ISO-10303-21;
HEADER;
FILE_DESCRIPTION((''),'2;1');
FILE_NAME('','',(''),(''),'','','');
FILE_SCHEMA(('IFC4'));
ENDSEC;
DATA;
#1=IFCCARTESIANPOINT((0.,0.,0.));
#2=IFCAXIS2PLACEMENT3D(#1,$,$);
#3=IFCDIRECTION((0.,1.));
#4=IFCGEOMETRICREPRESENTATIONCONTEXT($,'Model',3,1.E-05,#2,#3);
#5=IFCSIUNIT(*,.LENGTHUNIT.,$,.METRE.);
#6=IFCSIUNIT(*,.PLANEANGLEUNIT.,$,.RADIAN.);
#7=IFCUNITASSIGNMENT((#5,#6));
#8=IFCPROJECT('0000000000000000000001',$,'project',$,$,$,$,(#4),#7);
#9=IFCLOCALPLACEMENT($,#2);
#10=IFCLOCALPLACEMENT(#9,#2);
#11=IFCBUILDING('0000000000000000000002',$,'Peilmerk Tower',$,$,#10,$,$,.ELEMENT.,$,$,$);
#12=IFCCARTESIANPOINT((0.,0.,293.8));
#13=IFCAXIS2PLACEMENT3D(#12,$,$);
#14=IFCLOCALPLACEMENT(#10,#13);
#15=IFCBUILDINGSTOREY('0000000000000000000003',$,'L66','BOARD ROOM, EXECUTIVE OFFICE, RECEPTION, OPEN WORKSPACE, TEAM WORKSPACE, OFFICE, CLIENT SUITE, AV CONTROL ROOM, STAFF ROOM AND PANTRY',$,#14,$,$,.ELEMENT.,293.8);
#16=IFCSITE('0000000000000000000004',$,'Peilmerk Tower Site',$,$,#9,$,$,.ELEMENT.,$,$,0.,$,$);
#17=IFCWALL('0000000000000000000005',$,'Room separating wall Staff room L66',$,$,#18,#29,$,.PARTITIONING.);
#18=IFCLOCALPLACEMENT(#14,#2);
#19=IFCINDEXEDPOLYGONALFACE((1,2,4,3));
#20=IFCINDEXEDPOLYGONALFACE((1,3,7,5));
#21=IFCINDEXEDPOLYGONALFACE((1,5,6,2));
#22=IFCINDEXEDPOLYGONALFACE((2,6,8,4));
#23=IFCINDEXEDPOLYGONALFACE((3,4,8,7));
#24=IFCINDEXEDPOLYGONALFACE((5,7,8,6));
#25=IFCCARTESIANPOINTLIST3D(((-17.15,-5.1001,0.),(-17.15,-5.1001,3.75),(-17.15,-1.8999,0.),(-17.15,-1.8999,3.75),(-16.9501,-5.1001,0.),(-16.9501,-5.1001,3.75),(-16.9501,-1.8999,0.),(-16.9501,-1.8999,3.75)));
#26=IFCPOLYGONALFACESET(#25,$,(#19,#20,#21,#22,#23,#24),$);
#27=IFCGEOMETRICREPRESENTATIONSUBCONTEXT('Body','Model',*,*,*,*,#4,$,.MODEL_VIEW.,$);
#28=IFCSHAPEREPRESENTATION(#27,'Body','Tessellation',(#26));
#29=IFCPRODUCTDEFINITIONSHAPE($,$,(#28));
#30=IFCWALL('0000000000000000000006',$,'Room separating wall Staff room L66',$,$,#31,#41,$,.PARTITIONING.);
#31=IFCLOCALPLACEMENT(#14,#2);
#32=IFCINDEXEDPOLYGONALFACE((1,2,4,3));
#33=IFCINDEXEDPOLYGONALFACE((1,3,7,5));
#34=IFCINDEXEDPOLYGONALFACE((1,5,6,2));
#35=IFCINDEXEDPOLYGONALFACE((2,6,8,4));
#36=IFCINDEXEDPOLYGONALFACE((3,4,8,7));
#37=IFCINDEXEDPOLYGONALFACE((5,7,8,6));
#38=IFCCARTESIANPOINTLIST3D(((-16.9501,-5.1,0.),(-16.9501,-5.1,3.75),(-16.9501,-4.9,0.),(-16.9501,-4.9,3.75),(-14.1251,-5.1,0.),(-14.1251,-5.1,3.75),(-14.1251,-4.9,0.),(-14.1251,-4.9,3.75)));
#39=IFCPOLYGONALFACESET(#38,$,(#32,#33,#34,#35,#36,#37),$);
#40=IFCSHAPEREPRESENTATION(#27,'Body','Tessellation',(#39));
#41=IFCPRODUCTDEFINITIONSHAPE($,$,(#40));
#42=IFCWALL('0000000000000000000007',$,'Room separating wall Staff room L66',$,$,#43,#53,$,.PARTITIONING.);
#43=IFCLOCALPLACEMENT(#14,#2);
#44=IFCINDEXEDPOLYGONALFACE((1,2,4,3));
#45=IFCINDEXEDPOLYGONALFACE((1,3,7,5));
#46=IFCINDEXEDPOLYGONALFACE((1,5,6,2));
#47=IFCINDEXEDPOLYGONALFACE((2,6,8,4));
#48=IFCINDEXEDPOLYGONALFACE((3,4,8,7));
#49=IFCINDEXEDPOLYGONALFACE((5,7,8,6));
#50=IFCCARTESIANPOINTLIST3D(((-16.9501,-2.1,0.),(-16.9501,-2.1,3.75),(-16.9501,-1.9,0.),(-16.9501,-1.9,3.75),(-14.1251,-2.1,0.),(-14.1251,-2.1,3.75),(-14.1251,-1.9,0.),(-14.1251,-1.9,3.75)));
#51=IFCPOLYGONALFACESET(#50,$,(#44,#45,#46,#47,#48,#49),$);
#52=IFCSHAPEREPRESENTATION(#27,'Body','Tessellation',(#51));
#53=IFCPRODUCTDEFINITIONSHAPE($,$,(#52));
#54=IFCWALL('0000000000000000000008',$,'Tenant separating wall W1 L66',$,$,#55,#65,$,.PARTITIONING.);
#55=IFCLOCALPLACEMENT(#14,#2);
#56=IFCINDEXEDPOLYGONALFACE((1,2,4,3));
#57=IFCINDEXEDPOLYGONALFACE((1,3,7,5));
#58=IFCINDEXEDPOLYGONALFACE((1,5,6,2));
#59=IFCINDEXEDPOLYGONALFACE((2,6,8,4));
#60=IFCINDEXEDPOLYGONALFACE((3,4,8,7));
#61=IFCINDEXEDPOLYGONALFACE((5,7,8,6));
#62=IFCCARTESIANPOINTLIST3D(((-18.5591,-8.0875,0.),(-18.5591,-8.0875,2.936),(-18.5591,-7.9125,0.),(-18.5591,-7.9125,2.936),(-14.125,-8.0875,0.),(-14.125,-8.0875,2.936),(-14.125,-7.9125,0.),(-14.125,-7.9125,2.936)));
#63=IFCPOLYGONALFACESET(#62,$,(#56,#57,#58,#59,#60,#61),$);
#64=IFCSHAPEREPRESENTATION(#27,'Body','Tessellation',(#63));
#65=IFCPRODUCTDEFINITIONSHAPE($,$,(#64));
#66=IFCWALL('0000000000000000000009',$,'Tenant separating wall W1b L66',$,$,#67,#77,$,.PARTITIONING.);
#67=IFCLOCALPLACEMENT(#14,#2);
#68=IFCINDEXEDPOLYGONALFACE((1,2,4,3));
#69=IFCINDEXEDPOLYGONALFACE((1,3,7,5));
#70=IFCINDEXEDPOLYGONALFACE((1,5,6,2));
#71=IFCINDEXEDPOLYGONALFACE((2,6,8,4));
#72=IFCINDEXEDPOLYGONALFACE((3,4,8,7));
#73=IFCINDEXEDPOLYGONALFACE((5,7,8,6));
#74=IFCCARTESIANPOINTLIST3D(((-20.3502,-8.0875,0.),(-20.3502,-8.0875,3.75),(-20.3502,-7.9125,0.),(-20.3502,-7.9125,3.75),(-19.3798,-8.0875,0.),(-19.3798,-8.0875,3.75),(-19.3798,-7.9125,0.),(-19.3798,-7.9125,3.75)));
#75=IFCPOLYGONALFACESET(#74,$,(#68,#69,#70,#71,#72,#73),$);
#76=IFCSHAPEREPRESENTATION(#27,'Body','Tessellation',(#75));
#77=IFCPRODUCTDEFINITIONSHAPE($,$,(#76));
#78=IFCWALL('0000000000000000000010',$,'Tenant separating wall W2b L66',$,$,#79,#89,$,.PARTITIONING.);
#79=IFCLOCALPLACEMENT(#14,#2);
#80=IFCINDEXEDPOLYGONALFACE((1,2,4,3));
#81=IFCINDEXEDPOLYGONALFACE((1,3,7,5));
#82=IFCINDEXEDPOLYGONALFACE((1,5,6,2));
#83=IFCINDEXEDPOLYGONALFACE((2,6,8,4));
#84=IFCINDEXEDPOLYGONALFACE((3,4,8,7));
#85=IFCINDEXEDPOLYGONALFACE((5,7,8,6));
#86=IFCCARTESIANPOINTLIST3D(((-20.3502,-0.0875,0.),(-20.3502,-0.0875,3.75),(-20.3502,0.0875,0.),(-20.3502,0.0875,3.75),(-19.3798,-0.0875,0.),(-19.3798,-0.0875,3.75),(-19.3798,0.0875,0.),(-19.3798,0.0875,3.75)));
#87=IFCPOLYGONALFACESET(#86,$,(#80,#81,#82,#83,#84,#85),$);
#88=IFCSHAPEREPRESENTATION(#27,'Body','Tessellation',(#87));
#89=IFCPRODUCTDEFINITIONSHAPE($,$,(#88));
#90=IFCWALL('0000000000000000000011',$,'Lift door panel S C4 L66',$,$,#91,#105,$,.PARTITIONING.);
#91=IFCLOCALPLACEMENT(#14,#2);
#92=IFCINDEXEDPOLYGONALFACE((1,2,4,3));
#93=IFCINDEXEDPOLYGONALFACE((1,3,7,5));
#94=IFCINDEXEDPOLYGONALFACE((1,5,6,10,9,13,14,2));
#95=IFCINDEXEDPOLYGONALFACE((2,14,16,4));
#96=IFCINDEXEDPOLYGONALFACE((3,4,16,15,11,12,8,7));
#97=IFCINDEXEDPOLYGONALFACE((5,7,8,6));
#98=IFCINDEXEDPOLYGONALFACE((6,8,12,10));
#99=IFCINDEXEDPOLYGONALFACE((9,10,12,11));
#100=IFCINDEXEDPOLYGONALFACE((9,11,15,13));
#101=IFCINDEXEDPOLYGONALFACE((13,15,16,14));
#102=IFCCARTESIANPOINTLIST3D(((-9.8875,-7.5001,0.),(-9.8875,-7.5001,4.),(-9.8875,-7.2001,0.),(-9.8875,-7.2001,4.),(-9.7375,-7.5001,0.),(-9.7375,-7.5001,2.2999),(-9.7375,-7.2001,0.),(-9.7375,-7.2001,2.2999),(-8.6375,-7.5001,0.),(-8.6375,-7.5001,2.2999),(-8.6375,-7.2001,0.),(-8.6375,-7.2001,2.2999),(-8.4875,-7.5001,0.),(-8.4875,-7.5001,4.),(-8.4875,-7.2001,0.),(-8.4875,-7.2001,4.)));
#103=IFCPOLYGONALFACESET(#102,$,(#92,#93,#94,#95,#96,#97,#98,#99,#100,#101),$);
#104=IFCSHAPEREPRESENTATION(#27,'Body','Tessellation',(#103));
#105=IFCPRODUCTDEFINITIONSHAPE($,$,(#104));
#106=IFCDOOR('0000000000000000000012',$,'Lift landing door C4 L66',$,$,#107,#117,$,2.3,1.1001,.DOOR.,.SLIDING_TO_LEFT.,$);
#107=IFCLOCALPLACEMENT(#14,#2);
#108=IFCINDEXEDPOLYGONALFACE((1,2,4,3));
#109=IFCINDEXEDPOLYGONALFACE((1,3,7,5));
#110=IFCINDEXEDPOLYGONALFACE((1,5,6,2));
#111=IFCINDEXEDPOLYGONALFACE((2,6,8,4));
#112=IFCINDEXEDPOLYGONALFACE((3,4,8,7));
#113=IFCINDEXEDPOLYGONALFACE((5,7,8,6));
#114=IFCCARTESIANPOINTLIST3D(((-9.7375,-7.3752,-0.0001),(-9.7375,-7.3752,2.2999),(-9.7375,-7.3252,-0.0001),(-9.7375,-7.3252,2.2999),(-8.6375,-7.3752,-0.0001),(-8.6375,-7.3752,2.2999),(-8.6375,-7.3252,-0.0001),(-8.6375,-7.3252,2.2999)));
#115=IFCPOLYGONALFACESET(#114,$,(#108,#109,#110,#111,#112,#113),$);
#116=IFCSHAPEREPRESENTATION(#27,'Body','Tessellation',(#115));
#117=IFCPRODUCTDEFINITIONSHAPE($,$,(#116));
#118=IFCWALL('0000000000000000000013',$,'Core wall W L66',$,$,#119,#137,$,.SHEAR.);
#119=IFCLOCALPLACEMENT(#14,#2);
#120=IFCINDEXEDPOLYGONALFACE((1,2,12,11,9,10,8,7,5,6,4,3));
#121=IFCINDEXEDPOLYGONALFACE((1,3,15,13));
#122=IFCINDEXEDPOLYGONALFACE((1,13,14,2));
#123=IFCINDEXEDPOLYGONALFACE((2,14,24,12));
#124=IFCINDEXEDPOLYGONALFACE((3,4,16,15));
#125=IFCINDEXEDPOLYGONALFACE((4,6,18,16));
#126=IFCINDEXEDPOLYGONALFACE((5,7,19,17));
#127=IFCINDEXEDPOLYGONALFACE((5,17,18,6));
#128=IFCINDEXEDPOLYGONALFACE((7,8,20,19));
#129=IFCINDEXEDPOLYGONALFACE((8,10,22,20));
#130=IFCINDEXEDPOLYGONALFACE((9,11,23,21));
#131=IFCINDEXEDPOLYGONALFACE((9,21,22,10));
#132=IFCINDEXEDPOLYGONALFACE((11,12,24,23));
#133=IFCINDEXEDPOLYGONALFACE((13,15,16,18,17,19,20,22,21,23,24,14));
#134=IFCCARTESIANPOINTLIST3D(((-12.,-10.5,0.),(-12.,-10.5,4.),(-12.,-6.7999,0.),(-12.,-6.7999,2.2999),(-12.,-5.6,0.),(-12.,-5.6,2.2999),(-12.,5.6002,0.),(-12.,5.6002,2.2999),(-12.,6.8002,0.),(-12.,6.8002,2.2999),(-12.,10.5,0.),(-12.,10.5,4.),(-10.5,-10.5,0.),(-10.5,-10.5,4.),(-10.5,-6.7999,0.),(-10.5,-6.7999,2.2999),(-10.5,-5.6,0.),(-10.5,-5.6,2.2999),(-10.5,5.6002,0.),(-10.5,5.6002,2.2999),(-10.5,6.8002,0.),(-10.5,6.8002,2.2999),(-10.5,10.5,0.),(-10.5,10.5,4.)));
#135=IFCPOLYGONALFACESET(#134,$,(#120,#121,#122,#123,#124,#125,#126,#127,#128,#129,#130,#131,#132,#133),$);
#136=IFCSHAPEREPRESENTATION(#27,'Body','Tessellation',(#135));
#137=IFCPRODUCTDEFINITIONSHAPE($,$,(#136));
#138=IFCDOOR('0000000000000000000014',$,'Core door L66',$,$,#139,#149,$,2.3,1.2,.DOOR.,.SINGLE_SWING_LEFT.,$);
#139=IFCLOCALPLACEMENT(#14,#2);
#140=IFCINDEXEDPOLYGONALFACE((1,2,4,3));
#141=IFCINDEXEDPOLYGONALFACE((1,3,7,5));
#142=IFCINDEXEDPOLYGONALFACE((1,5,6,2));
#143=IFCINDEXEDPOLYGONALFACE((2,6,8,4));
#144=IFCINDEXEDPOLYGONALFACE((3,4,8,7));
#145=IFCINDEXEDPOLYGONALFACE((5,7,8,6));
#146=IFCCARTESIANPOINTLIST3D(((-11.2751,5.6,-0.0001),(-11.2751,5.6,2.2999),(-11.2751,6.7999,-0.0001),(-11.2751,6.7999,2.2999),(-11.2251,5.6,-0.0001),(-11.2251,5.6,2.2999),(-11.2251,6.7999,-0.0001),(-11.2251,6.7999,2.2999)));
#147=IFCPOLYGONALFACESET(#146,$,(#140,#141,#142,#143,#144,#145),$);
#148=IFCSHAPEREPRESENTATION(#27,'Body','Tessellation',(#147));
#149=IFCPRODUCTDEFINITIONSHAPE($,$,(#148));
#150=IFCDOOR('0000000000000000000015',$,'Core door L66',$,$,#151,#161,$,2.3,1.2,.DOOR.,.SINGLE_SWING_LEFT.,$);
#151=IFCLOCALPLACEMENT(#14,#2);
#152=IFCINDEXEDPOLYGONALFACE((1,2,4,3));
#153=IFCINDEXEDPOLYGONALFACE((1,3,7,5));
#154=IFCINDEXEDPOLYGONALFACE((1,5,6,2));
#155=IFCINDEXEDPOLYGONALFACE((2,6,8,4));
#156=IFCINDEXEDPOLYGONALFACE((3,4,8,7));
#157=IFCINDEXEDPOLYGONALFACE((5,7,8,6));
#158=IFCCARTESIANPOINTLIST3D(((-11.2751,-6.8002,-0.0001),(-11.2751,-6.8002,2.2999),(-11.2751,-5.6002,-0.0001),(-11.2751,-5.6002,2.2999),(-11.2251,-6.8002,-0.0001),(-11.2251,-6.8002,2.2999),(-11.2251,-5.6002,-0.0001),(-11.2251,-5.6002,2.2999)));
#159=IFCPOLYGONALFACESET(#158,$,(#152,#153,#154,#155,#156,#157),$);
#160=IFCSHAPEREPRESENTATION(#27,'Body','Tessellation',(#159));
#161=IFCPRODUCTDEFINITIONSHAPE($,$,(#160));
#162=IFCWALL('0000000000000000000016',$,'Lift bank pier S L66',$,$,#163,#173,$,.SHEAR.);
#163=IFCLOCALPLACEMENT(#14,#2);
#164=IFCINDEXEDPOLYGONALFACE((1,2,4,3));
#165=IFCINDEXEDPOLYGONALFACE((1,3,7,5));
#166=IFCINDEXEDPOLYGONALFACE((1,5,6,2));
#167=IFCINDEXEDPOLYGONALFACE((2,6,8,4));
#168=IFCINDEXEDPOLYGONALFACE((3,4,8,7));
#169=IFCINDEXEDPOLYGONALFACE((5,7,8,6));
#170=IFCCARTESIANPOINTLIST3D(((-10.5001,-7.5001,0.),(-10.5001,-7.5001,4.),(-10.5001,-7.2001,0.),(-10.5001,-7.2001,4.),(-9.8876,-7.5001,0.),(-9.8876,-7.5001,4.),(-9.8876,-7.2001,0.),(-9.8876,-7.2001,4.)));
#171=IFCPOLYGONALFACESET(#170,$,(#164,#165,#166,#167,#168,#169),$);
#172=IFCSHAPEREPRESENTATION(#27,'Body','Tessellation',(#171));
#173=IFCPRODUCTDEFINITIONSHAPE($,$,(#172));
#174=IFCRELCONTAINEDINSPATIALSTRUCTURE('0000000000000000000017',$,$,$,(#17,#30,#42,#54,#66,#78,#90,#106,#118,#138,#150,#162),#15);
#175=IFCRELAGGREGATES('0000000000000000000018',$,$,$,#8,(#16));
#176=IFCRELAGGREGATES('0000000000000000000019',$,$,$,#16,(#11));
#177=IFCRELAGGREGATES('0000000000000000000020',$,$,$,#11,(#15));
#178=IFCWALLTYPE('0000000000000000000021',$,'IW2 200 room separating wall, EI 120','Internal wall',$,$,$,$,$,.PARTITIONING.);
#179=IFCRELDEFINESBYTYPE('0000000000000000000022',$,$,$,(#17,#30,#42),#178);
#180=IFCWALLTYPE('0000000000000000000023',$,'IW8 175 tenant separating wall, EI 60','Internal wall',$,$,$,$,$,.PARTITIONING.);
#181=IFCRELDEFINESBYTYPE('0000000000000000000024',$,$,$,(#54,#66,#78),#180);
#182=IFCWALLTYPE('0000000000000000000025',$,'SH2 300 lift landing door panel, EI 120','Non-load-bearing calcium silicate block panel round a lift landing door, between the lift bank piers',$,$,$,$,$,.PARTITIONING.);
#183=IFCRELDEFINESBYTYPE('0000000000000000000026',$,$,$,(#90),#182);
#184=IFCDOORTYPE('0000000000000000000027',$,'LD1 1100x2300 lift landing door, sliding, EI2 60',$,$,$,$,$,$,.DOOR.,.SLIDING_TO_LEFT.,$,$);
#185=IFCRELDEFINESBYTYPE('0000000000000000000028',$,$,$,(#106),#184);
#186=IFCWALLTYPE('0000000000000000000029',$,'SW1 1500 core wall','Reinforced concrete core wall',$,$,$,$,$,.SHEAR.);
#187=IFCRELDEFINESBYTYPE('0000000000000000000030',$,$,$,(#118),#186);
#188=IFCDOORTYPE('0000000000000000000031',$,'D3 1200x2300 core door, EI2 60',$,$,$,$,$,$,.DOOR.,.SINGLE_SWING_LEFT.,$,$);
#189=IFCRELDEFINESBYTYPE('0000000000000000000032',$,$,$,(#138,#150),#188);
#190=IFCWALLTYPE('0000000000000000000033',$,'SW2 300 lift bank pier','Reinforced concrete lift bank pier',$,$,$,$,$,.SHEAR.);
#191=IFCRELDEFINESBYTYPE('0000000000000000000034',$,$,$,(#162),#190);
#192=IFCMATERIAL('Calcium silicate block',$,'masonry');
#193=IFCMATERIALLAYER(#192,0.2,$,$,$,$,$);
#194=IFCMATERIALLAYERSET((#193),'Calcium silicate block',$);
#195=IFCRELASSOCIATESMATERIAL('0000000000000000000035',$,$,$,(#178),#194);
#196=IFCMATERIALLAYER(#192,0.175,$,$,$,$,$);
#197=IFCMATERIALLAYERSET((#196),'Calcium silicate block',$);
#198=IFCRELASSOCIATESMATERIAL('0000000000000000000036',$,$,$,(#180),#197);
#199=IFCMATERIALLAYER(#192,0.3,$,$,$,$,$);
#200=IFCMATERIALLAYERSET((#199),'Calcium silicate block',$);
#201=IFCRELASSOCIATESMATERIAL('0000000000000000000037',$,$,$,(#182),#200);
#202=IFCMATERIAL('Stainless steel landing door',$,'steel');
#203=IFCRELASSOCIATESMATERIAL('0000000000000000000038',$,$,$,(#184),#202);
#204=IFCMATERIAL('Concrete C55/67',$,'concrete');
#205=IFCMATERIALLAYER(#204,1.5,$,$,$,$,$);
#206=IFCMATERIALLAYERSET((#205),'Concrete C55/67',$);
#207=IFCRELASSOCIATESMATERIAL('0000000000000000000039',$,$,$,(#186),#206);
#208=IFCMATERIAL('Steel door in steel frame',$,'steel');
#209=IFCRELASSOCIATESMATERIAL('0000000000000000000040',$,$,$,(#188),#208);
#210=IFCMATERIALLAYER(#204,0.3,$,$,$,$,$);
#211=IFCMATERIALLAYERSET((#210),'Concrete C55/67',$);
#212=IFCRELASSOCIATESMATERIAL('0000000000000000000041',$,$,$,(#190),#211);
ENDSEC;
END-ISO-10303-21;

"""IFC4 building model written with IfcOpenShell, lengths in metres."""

from ifc_helpers import new_model, si_unit, direction, frame, frame_2d, origin, place, context, subcontext, project, spatial, rectangle, extrude, material, layer, layer_set, type_object, element, fill, save


model = new_model("IFC4")

# Units and contexts
model_context = context("Model", 3, precision=1e-05, world=origin(), true_north=direction((0.0, 1.0)))
body_context = subcontext(model_context, "Body", "Model", "MODEL_VIEW")
ifc_project = project(units=[si_unit("LENGTHUNIT", "METRE"), si_unit("PLANEANGLEUNIT", "RADIAN")], contexts=[model_context])

# Site, building, storey
site_placement = place(None, origin())
site = spatial("IfcSite", under=ifc_project, at=site_placement, Name="Peilmerk Tower Site", CompositionType="ELEMENT", RefElevation=0.0)
building_placement = place(site_placement, origin())
building = spatial("IfcBuilding", under=site, at=building_placement, Name="Peilmerk Tower", CompositionType="ELEMENT")
storey_placement = place(building_placement, frame((0.0, 0.0, 293.8)))
storey = spatial("IfcBuildingStorey", under=building, at=storey_placement, Name="L66", Description="BOARD ROOM, EXECUTIVE OFFICE, RECEPTION, OPEN WORKSPACE, TEAM WORKSPACE, OFFICE, CLIENT SUITE, AV CONTROL ROOM, STAFF ROOM AND PANTRY", CompositionType="ELEMENT", Elevation=293.8)

# Walls
ifc_material_1 = material(Name="Calcium silicate block", Category="masonry")
ifc_layer_1 = layer(ifc_material_1, 0.2)
ifc_layer_set_1 = layer_set([ifc_layer_1], Name="Calcium silicate block")
wall_type_1 = type_object("IfcWallType", Name="IW2 200 room separating wall, EI 120", Description="Internal wall", PredefinedType="PARTITIONING", material=ifc_layer_set_1)
wall_1_placement = place(storey_placement, frame((-17.05, -5.1001, 0.0), z_axis=(0.0, 0.0, 1.0), x_axis=(0.0, 1.0, 0.0)))
element("IfcWall", 1, at=wall_1_placement, inside=storey, type_object=wall_type_1, Name="Room separating wall Staff room L66", PredefinedType="PARTITIONING", context=body_context, shape_type="SweptSolid", body=[
    extrude(rectangle(XDim=3.2002, YDim=0.2, at=frame_2d((1.6001, 0.0))), origin(), (0.0, 0.0, 1.0), 3.75),
])
for number, where, z_axis, x_axis, name in (
    (2, (-14.125, -5.0, 0.0), (0.0, 0.0, 1.0), (-1.0, 0.0, 0.0), "Room separating wall Staff room L66"),
    (3, (-14.125, -2.0, 0.0), (0.0, 0.0, 1.0), (-1.0, 0.0, 0.0), "Room separating wall Staff room L66"),
):
    element("IfcWall", number, at=place(storey_placement, frame(where, z_axis=z_axis, x_axis=x_axis)), inside=storey, type_object=wall_type_1, Name=name, PredefinedType="PARTITIONING", context=body_context, shape_type="SweptSolid", body=[
        extrude(rectangle(XDim=2.825, YDim=0.2, at=frame_2d((1.4126, 0.0))), origin(), (0.0, 0.0, 1.0), 3.75),
    ])
ifc_layer_2 = layer(ifc_material_1, 0.175)
ifc_layer_set_2 = layer_set([ifc_layer_2], Name="Calcium silicate block")
wall_type_2 = type_object("IfcWallType", Name="IW8 175 tenant separating wall, EI 60", Description="Internal wall", PredefinedType="PARTITIONING", material=ifc_layer_set_2)
wall_2_placement = place(storey_placement, frame((-14.125, -8.0, 0.0), z_axis=(0.0, 0.0, 1.0), x_axis=(-1.0, 0.0, 0.0)))
element("IfcWall", 4, at=wall_2_placement, inside=storey, type_object=wall_type_2, Name="Tenant separating wall W1 L66", PredefinedType="PARTITIONING", context=body_context, shape_type="SweptSolid", body=[
    extrude(rectangle(XDim=4.4341, YDim=0.175, at=frame_2d((2.217, 0.0))), origin(), (0.0, 0.0, 1.0), 2.936),
])
for number, where, z_axis, x_axis, name in (
    (5, (-19.3796, -8.0, 0.0), (0.0, 0.0, 1.0), (-1.0, 0.0, 0.0), "Tenant separating wall W1b L66"),
    (6, (-19.3796, 0.0, 0.0), (0.0, 0.0, 1.0), (-1.0, 0.0, 0.0), "Tenant separating wall W2b L66"),
):
    element("IfcWall", number, at=place(storey_placement, frame(where, z_axis=z_axis, x_axis=x_axis)), inside=storey, type_object=wall_type_2, Name=name, PredefinedType="PARTITIONING", context=body_context, shape_type="SweptSolid", body=[
        extrude(rectangle(XDim=0.9705, YDim=0.175, at=frame_2d((0.4854, 0.0))), origin(), (0.0, 0.0, 1.0), 3.75),
    ])

# Wall, opening, door
ifc_layer_3 = layer(ifc_material_1, 0.3)
ifc_layer_set_3 = layer_set([ifc_layer_3], Name="Calcium silicate block")
wall_type_3 = type_object("IfcWallType", Name="SH2 300 lift landing door panel, EI 120", Description="Non-load-bearing calcium silicate block panel round a lift landing door, between the lift bank piers", PredefinedType="PARTITIONING", material=ifc_layer_set_3)
wall_3_placement = place(storey_placement, frame((-9.8875, -7.3501, 0.0), z_axis=(0.0, 0.0, 1.0), x_axis=(1.0, 0.0, 0.0)))
wall_3 = element("IfcWall", 7, at=wall_3_placement, inside=storey, type_object=wall_type_3, Name="Lift door panel S C4 L66", PredefinedType="PARTITIONING", context=body_context, shape_type="SweptSolid", body=[
    extrude(rectangle(XDim=1.3999, YDim=0.3, at=frame_2d((0.7, 0.0))), origin(), (0.0, 0.0, 1.0), 4.0),
])
opening_1_placement = place(wall_3_placement, frame((0.1499, 0.0, 0.0)))
opening_1 = element("IfcOpeningElement", 8, at=opening_1_placement, cuts=wall_3, PredefinedType="OPENING", context=body_context, shape_type="SweptSolid", body=[
    extrude(rectangle(XDim=1.1001, YDim=2.3, at=frame_2d((0.55, 1.1499))), frame((0.0, 0.1599, 0.0), z_axis=(0.0, -1.0, 0.0), x_axis=(1.0, 0.0, 0.0)), (0.0, 0.0, 1.0), 0.3201),
])
ifc_material_2 = material(Name="Stainless steel landing door", Category="steel")
door_type_1 = type_object("IfcDoorType", Name="LD1 1100x2300 lift landing door, sliding, EI2 60", OperationType="SLIDING_TO_LEFT", PredefinedType="DOOR", material=ifc_material_2)
door_1_placement = place(opening_1_placement, origin())
door_1 = element("IfcDoor", 9, at=door_1_placement, inside=storey, type_object=door_type_1, Name="Lift landing door C4 L66", OperationType="SLIDING_TO_LEFT", OverallHeight=2.3, OverallWidth=1.1001, PredefinedType="DOOR", context=body_context, shape_type="SweptSolid", body=[
    extrude(rectangle(XDim=1.1001, YDim=2.3, at=frame_2d((0.55, 1.1499))), frame((0.0, 0.0249, 0.0), z_axis=(0.0, -1.0, 0.0), x_axis=(1.0, 0.0, 0.0)), (0.0, 0.0, 1.0), 0.05),
])
fill(opening_1, door_1)

# Wall, openings, doors
ifc_material_3 = material(Name="Concrete C55/67", Category="concrete")
ifc_layer_4 = layer(ifc_material_3, 1.5)
ifc_layer_set_4 = layer_set([ifc_layer_4], Name="Concrete C55/67")
wall_type_4 = type_object("IfcWallType", Name="SW1 1500 core wall", Description="Reinforced concrete core wall", PredefinedType="SHEAR", material=ifc_layer_set_4)
wall_4_placement = place(storey_placement, frame((-11.25, -10.5, 0.0), z_axis=(0.0, 0.0, 1.0), x_axis=(0.0, 1.0, 0.0)))
wall_4 = element("IfcWall", 10, at=wall_4_placement, inside=storey, type_object=wall_type_4, Name="Core wall W L66", PredefinedType="SHEAR", context=body_context, shape_type="SweptSolid", body=[
    extrude(rectangle(XDim=21.0, YDim=1.5, at=frame_2d((10.5, 0.0))), origin(), (0.0, 0.0, 1.0), 4.0),
])
opening_2_placement = place(wall_4_placement, frame((16.1001, 0.0, 0.0)))
opening_2 = element("IfcOpeningElement", 11, at=opening_2_placement, cuts=wall_4, PredefinedType="OPENING", context=body_context, shape_type="SweptSolid", body=[
    extrude(rectangle(XDim=1.2, YDim=2.3, at=frame_2d((0.6001, 1.1499))), frame((0.0, 0.76, 0.0), z_axis=(0.0, -1.0, 0.0), x_axis=(1.0, 0.0, 0.0)), (0.0, 0.0, 1.0), 1.52),
])
opening_3_placement = place(wall_4_placement, frame((3.7, 0.0, 0.0)))
opening_3 = element("IfcOpeningElement", 12, at=opening_3_placement, cuts=wall_4, PredefinedType="OPENING", context=body_context, shape_type="SweptSolid", body=[
    extrude(rectangle(XDim=1.2, YDim=2.3, at=frame_2d((0.6001, 1.1499))), frame((0.0, 0.76, 0.0), z_axis=(0.0, -1.0, 0.0), x_axis=(1.0, 0.0, 0.0)), (0.0, 0.0, 1.0), 1.52),
])
ifc_material_4 = material(Name="Steel door in steel frame", Category="steel")
door_type_2 = type_object("IfcDoorType", Name="D3 1200x2300 core door, EI2 60", OperationType="SINGLE_SWING_LEFT", PredefinedType="DOOR", material=ifc_material_4)
door_2_placement = place(opening_2_placement, frame((1.2, 0.0, 0.0), z_axis=(0.0, 0.0, 1.0), x_axis=(-1.0, 0.0, 0.0)))
door_2 = element("IfcDoor", 13, at=door_2_placement, inside=storey, type_object=door_type_2, Name="Core door L66", OperationType="SINGLE_SWING_LEFT", OverallHeight=2.3, OverallWidth=1.2, PredefinedType="DOOR", context=body_context, shape_type="SweptSolid", body=[
    extrude(rectangle(XDim=1.2, YDim=2.3, at=frame_2d((0.6001, 1.1499))), frame((0.0, 0.0249, 0.0), z_axis=(0.0, -1.0, 0.0), x_axis=(1.0, 0.0, 0.0)), (0.0, 0.0, 1.0), 0.05),
])
fill(opening_2, door_2)
door_3_placement = place(opening_3_placement, frame((1.2, 0.0, 0.0), z_axis=(0.0, 0.0, 1.0), x_axis=(-1.0, 0.0, 0.0)))
door_3 = element("IfcDoor", 14, at=door_3_placement, inside=storey, type_object=door_type_2, Name="Core door L66", OperationType="SINGLE_SWING_LEFT", OverallHeight=2.3, OverallWidth=1.2, PredefinedType="DOOR", context=body_context, shape_type="SweptSolid", body=[
    extrude(rectangle(XDim=1.2, YDim=2.3, at=frame_2d((0.6001, 1.1499))), frame((0.0, 0.0249, 0.0), z_axis=(0.0, -1.0, 0.0), x_axis=(1.0, 0.0, 0.0)), (0.0, 0.0, 1.0), 0.05),
])
fill(opening_3, door_3)

# Wall
ifc_layer_5 = layer(ifc_material_3, 0.3)
ifc_layer_set_5 = layer_set([ifc_layer_5], Name="Concrete C55/67")
wall_type_5 = type_object("IfcWallType", Name="SW2 300 lift bank pier", Description="Reinforced concrete lift bank pier", PredefinedType="SHEAR", material=ifc_layer_set_5)
wall_5_placement = place(storey_placement, frame((-10.5, -7.3501, 0.0), z_axis=(0.0, 0.0, 1.0), x_axis=(1.0, 0.0, 0.0)))
element("IfcWall", 15, at=wall_5_placement, inside=storey, type_object=wall_type_5, Name="Lift bank pier S L66", PredefinedType="SHEAR", context=body_context, shape_type="SweptSolid", body=[
    extrude(rectangle(XDim=0.6125, YDim=0.3, at=frame_2d((0.3062, 0.0))), origin(), (0.0, 0.0, 1.0), 4.0),
])

save(model, "model.ifc")
